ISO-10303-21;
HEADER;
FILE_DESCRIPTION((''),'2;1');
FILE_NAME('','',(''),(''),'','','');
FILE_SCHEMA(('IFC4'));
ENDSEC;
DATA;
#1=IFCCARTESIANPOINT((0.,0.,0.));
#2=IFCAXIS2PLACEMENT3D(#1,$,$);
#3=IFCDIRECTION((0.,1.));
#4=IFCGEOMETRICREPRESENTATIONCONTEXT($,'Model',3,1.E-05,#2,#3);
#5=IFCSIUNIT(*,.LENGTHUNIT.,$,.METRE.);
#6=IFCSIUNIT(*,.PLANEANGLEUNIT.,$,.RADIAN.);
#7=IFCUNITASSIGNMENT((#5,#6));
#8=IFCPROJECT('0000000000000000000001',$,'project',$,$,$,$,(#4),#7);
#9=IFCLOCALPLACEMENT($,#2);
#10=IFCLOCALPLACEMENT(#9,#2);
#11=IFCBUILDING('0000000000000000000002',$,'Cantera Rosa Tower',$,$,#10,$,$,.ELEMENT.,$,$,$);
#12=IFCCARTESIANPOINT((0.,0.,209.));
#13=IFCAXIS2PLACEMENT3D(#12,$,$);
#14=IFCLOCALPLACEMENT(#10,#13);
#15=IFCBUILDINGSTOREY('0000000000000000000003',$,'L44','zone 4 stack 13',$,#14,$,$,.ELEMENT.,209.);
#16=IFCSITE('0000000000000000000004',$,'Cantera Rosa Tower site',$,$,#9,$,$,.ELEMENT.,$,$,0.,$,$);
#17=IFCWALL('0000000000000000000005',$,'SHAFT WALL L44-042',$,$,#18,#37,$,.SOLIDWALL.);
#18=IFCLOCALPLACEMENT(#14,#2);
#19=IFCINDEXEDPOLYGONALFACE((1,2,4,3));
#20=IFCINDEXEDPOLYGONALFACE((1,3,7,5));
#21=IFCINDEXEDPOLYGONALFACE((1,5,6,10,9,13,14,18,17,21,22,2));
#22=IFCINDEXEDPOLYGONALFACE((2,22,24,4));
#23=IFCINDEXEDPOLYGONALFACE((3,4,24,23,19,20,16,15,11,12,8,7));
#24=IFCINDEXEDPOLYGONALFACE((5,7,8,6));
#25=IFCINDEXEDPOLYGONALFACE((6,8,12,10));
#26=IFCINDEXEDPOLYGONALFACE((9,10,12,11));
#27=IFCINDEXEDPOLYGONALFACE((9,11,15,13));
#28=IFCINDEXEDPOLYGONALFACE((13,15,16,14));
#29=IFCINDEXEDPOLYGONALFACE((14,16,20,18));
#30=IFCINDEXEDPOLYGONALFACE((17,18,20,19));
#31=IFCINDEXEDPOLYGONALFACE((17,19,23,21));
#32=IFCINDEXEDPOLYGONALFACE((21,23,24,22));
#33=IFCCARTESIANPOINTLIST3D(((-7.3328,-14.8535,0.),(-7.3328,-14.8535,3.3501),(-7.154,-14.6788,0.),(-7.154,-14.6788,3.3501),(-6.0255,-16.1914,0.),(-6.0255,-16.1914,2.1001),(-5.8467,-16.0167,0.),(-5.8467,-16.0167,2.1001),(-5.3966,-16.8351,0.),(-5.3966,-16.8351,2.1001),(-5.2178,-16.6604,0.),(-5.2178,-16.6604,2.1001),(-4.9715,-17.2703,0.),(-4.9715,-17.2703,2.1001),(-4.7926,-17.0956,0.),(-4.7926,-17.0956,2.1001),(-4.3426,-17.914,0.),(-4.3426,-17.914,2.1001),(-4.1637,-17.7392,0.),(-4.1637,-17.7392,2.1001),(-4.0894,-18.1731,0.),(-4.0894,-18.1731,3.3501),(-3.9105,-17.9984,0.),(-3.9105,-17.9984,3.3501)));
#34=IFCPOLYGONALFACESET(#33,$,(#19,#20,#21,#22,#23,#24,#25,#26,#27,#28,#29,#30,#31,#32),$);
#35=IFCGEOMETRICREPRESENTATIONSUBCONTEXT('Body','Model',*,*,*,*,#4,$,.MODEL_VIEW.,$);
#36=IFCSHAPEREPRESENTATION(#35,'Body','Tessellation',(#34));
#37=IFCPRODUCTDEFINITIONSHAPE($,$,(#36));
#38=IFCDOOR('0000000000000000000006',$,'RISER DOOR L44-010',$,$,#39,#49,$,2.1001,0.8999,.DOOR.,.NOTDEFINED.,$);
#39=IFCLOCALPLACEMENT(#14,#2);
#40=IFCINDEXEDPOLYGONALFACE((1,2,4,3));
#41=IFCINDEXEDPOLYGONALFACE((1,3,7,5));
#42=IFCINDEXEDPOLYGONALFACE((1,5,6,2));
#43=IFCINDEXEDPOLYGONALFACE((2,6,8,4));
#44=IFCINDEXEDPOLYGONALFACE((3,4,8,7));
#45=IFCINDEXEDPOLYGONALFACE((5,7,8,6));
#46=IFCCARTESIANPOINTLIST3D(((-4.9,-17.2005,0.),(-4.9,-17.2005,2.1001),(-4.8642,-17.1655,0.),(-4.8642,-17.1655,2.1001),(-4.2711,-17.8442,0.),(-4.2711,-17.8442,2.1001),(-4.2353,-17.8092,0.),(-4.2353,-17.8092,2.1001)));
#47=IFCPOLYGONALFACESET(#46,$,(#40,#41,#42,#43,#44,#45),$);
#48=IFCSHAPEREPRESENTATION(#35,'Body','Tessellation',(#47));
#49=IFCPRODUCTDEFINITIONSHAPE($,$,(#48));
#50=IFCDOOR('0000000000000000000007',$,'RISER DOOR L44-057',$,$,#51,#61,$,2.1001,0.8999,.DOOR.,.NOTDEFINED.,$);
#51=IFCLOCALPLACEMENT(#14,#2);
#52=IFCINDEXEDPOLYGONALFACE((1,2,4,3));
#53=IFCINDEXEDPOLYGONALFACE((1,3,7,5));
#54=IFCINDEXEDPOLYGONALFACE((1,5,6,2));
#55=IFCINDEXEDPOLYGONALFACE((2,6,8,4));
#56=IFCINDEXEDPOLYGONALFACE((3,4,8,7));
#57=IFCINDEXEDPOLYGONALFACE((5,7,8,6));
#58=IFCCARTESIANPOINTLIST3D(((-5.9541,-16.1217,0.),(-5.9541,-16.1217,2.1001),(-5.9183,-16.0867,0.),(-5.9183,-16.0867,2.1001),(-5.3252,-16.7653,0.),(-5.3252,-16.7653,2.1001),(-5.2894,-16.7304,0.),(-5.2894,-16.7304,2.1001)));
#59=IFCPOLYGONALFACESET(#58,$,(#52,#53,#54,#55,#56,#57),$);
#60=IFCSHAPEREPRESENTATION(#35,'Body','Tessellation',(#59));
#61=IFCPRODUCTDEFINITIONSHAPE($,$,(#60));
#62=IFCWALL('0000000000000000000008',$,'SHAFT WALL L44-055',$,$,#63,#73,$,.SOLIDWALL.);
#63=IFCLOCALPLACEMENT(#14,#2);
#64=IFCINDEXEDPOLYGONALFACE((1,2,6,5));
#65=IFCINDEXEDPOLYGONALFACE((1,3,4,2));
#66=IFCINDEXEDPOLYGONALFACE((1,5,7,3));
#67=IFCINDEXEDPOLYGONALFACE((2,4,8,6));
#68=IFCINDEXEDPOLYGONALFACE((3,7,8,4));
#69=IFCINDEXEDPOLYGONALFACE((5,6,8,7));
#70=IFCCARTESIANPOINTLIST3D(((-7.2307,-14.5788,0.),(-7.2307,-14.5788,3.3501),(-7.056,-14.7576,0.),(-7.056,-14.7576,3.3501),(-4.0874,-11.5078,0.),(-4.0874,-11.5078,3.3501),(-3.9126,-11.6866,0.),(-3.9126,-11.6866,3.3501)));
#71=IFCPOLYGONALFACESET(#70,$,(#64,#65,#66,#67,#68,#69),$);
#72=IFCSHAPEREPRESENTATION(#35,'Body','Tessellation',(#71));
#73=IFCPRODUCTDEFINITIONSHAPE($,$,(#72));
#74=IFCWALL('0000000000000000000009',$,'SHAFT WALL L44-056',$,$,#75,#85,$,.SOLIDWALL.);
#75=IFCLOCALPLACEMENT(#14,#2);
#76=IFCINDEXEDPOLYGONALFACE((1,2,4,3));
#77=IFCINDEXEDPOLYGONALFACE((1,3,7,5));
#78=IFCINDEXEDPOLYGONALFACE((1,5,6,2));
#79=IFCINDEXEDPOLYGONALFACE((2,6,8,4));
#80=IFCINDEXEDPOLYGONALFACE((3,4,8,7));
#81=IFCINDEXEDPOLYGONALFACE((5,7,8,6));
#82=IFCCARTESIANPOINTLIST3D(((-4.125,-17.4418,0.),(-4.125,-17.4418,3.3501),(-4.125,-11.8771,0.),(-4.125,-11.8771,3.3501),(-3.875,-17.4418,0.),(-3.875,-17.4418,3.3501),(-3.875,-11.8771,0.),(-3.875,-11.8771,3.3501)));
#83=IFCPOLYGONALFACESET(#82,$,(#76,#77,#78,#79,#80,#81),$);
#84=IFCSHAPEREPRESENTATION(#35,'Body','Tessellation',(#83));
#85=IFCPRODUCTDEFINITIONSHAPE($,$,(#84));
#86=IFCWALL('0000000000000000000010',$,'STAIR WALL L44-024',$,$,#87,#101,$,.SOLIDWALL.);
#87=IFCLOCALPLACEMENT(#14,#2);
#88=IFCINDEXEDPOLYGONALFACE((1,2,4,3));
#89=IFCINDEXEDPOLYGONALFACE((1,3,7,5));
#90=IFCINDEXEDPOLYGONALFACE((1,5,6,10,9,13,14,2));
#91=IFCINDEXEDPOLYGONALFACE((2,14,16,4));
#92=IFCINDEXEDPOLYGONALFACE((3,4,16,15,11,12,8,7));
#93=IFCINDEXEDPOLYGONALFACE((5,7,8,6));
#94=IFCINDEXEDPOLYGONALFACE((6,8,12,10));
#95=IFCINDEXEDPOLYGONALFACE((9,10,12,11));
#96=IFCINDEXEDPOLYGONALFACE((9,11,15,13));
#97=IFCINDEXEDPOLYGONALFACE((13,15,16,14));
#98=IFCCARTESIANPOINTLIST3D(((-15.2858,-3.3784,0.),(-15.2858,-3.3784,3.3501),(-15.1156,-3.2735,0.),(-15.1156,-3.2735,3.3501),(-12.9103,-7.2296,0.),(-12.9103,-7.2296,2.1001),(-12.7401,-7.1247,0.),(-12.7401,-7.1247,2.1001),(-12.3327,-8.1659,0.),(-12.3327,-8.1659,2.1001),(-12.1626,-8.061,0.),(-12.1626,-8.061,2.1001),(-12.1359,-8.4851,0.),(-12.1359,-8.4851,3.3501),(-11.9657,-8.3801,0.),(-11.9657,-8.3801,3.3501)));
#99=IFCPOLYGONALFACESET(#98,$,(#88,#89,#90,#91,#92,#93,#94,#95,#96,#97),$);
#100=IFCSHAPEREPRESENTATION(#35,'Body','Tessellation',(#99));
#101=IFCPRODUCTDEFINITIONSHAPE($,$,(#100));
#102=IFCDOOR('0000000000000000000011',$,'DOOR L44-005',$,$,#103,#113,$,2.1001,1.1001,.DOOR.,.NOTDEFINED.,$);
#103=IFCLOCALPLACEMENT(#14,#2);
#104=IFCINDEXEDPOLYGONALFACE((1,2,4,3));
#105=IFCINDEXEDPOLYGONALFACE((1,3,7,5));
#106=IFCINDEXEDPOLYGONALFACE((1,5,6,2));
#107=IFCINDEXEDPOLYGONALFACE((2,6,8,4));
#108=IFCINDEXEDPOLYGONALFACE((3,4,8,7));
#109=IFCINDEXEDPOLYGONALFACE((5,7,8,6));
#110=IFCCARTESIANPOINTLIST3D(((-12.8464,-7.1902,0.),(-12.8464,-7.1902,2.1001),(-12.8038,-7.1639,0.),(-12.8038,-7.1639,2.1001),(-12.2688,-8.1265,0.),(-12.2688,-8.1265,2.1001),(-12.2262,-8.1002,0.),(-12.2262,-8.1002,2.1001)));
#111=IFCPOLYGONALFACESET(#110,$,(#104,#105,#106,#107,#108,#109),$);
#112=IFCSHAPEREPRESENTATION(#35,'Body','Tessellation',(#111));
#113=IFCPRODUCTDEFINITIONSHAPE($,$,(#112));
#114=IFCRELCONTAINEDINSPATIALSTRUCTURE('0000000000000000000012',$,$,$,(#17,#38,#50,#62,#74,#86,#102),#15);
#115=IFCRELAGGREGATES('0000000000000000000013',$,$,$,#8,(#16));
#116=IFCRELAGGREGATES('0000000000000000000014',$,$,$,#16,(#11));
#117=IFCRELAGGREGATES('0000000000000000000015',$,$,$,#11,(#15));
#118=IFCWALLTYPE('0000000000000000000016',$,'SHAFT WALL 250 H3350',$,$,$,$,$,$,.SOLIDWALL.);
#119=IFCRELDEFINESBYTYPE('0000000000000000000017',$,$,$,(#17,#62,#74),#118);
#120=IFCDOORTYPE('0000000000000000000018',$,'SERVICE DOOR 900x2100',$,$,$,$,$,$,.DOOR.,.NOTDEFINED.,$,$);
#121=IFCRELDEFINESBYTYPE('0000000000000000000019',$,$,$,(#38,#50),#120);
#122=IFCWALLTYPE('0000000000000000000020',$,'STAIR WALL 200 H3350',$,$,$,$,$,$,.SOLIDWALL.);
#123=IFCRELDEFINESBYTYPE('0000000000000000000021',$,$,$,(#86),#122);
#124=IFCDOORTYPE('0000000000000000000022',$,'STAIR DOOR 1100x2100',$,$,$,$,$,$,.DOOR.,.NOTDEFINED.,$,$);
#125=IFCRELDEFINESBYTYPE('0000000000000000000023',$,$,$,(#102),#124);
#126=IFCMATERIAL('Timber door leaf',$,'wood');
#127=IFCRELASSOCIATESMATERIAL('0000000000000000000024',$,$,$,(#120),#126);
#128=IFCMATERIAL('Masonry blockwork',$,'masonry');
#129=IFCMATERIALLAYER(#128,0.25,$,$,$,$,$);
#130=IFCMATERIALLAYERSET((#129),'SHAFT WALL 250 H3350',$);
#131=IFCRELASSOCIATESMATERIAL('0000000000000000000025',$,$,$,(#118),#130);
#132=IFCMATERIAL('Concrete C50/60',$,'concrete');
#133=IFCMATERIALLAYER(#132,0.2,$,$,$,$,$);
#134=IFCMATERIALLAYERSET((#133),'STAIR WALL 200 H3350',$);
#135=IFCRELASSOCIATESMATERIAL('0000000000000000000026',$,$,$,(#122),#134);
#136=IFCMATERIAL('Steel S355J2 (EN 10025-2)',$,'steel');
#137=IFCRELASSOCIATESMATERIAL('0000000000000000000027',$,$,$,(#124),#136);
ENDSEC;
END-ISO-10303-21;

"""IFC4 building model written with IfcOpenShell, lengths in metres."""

from ifc_helpers import new_model, si_unit, direction, frame, frame_2d, origin, place, context, subcontext, project, spatial, rectangle, extrude, material, layer, layer_set, type_object, element, fill, save


model = new_model("IFC4")

# Units and contexts
model_context = context("Model", 3, precision=1e-05, world=origin(), true_north=direction((0.0, 1.0)))
body_context = subcontext(model_context, "Body", "Model", "MODEL_VIEW")
ifc_project = project(units=[si_unit("LENGTHUNIT", "METRE"), si_unit("PLANEANGLEUNIT", "RADIAN")], contexts=[model_context])

# Site, building, storey
site_placement = place(None, origin())
site = spatial("IfcSite", under=ifc_project, at=site_placement, Name="Cantera Rosa Tower site", CompositionType="ELEMENT", RefElevation=0.0)
building_placement = place(site_placement, origin())
building = spatial("IfcBuilding", under=site, at=building_placement, Name="Cantera Rosa Tower", CompositionType="ELEMENT")
storey_placement = place(building_placement, frame((0.0, 0.0, 209.0)))
storey = spatial("IfcBuildingStorey", under=building, at=storey_placement, Name="L44", Description="zone 4 stack 13", CompositionType="ELEMENT", Elevation=209.0)

# Shared definitions
ifc_material_1 = material(Name="Timber door leaf", Category="wood")
door_type_1 = type_object("IfcDoorType", Name="SERVICE DOOR 900x2100", OperationType="NOTDEFINED", PredefinedType="DOOR", material=ifc_material_1)

# Wall, openings, doors
ifc_material_2 = material(Name="Masonry blockwork", Category="masonry")
ifc_layer_1 = layer(ifc_material_2, 0.25)
ifc_layer_set_1 = layer_set([ifc_layer_1], Name="SHAFT WALL 250 H3350")
wall_type_1 = type_object("IfcWallType", Name="SHAFT WALL 250 H3350", PredefinedType="SOLIDWALL", material=ifc_layer_set_1)
wall_1_placement = place(storey_placement, frame((-7.2434, -14.7661, 0.0), z_axis=(0.0, 0.0, 1.0), x_axis=(0.698853, -0.715265, 0.0)))
wall_1 = element("IfcWall", 1, at=wall_1_placement, inside=storey, type_object=wall_type_1, Name="SHAFT WALL L44-042", PredefinedType="SOLIDWALL", context=body_context, shape_type="SweptSolid", body=[
    extrude(rectangle(XDim=4.6411, YDim=0.25, at=frame_2d((2.3206, 0.0))), origin(), (0.0, 0.0, 1.0), 3.3501),
])
opening_1_placement = place(wall_1_placement, frame((3.3789, 0.0, 0.0)))
opening_1 = element("IfcOpeningElement", 2, at=opening_1_placement, cuts=wall_1, PredefinedType="OPENING", context=body_context, shape_type="SweptSolid", body=[
    extrude(rectangle(XDim=0.8999, YDim=2.1001, at=frame_2d((0.45, 1.05))), frame((0.0, 0.135, 0.0), z_axis=(0.0, -1.0, 0.0), x_axis=(1.0, 0.0, 0.0)), (0.0, 0.0, 1.0), 0.27),
])
opening_2_placement = place(wall_1_placement, frame((1.8706, 0.0, 0.0)))
opening_2 = element("IfcOpeningElement", 3, at=opening_2_placement, cuts=wall_1, PredefinedType="OPENING", context=body_context, shape_type="SweptSolid", body=[
    extrude(rectangle(XDim=0.8999, YDim=2.1001, at=frame_2d((0.45, 1.05))), frame((0.0, 0.135, 0.0), z_axis=(0.0, -1.0, 0.0), x_axis=(1.0, 0.0, 0.0)), (0.0, 0.0, 1.0), 0.27),
])
door_1_placement = place(opening_1_placement, origin())
door_1 = element("IfcDoor", 4, at=door_1_placement, inside=storey, type_object=door_type_1, Name="RISER DOOR L44-010", OperationType="NOTDEFINED", OverallHeight=2.1001, OverallWidth=0.8999, PredefinedType="DOOR", context=body_context, shape_type="SweptSolid", body=[
    extrude(rectangle(XDim=0.8999, YDim=2.1001, at=frame_2d((0.45, 1.05))), frame((0.0, 0.0249, 0.0), z_axis=(0.0, -1.0, 0.0), x_axis=(1.0, 0.0, 0.0)), (0.0, 0.0, 1.0), 0.05),
])
fill(opening_1, door_1)
door_2_placement = place(opening_2_placement, origin())
door_2 = element("IfcDoor", 5, at=door_2_placement, inside=storey, type_object=door_type_1, Name="RISER DOOR L44-057", OperationType="NOTDEFINED", OverallHeight=2.1001, OverallWidth=0.8999, PredefinedType="DOOR", context=body_context, shape_type="SweptSolid", body=[
    extrude(rectangle(XDim=0.8999, YDim=2.1001, at=frame_2d((0.45, 1.05))), frame((0.0, 0.0249, 0.0), z_axis=(0.0, -1.0, 0.0), x_axis=(1.0, 0.0, 0.0)), (0.0, 0.0, 1.0), 0.05),
])
fill(opening_2, door_2)

# Walls
wall_2_placement = place(storey_placement, frame((-4.0, -11.5972, 0.0), z_axis=(0.0, 0.0, 1.0), x_axis=(-0.715281, -0.698837, 0.0)))
element("IfcWall", 6, at=wall_2_placement, inside=storey, type_object=wall_type_1, Name="SHAFT WALL L44-055", PredefinedType="SOLIDWALL", context=body_context, shape_type="SweptSolid", body=[
    extrude(rectangle(XDim=4.3945, YDim=0.25, at=frame_2d((2.1973, 0.0))), origin(), (0.0, 0.0, 1.0), 3.3501),
])
wall_3_placement = place(storey_placement, frame((-4.0, -11.8772, 0.0), z_axis=(0.0, 0.0, 1.0), x_axis=(0.0, -1.0, 0.0)))
element("IfcWall", 7, at=wall_3_placement, inside=storey, type_object=wall_type_1, Name="SHAFT WALL L44-056", PredefinedType="SOLIDWALL", context=body_context, shape_type="SweptSolid", body=[
    extrude(rectangle(XDim=5.5647, YDim=0.25, at=frame_2d((2.7822, 0.0))), origin(), (0.0, 0.0, 1.0), 3.3501),
])

# Wall, opening, door
ifc_material_3 = material(Name="Concrete C50/60", Category="concrete")
ifc_layer_2 = layer(ifc_material_3, 0.2)
ifc_layer_set_2 = layer_set([ifc_layer_2], Name="STAIR WALL 200 H3350")
wall_type_2 = type_object("IfcWallType", Name="STAIR WALL 200 H3350", PredefinedType="SOLIDWALL", material=ifc_layer_set_2)
wall_4_placement = place(storey_placement, frame((-12.0508, -8.4326, 0.0), z_axis=(0.0, 0.0, 1.0), x_axis=(-0.524983, 0.851113, 0.0)))
wall_4 = element("IfcWall", 8, at=wall_4_placement, inside=storey, type_object=wall_type_2, Name="STAIR WALL L44-024", PredefinedType="SOLIDWALL", context=body_context, shape_type="SweptSolid", body=[
    extrude(rectangle(XDim=6.0, YDim=0.2, at=frame_2d((3.0, 0.0))), origin(), (0.0, 0.0, 1.0), 3.3501),
])
opening_3_placement = place(wall_4_placement, frame((0.375, 0.0, 0.0)))
opening_3 = element("IfcOpeningElement", 9, at=opening_3_placement, cuts=wall_4, PredefinedType="OPENING", context=body_context, shape_type="SweptSolid", body=[
    extrude(rectangle(XDim=1.1001, YDim=2.1001, at=frame_2d((0.55, 1.05))), frame((0.0, 0.1099, 0.0), z_axis=(0.0, -1.0, 0.0), x_axis=(1.0, 0.0, 0.0)), (0.0, 0.0, 1.0), 0.22),
])
ifc_material_4 = material(Name="Steel S355J2 (EN 10025-2)", Category="steel")
door_type_2 = type_object("IfcDoorType", Name="STAIR DOOR 1100x2100", OperationType="NOTDEFINED", PredefinedType="DOOR", material=ifc_material_4)
door_3_placement = place(opening_3_placement, origin())
door_3 = element("IfcDoor", 10, at=door_3_placement, inside=storey, type_object=door_type_2, Name="DOOR L44-005", OperationType="NOTDEFINED", OverallHeight=2.1001, OverallWidth=1.1001, PredefinedType="DOOR", context=body_context, shape_type="SweptSolid", body=[
    extrude(rectangle(XDim=1.1001, YDim=2.1001, at=frame_2d((0.55, 1.05))), frame((0.0, 0.0249, 0.0), z_axis=(0.0, -1.0, 0.0), x_axis=(1.0, 0.0, 0.0)), (0.0, 0.0, 1.0), 0.05),
])
fill(opening_3, door_3)

save(model, "model.ifc")
